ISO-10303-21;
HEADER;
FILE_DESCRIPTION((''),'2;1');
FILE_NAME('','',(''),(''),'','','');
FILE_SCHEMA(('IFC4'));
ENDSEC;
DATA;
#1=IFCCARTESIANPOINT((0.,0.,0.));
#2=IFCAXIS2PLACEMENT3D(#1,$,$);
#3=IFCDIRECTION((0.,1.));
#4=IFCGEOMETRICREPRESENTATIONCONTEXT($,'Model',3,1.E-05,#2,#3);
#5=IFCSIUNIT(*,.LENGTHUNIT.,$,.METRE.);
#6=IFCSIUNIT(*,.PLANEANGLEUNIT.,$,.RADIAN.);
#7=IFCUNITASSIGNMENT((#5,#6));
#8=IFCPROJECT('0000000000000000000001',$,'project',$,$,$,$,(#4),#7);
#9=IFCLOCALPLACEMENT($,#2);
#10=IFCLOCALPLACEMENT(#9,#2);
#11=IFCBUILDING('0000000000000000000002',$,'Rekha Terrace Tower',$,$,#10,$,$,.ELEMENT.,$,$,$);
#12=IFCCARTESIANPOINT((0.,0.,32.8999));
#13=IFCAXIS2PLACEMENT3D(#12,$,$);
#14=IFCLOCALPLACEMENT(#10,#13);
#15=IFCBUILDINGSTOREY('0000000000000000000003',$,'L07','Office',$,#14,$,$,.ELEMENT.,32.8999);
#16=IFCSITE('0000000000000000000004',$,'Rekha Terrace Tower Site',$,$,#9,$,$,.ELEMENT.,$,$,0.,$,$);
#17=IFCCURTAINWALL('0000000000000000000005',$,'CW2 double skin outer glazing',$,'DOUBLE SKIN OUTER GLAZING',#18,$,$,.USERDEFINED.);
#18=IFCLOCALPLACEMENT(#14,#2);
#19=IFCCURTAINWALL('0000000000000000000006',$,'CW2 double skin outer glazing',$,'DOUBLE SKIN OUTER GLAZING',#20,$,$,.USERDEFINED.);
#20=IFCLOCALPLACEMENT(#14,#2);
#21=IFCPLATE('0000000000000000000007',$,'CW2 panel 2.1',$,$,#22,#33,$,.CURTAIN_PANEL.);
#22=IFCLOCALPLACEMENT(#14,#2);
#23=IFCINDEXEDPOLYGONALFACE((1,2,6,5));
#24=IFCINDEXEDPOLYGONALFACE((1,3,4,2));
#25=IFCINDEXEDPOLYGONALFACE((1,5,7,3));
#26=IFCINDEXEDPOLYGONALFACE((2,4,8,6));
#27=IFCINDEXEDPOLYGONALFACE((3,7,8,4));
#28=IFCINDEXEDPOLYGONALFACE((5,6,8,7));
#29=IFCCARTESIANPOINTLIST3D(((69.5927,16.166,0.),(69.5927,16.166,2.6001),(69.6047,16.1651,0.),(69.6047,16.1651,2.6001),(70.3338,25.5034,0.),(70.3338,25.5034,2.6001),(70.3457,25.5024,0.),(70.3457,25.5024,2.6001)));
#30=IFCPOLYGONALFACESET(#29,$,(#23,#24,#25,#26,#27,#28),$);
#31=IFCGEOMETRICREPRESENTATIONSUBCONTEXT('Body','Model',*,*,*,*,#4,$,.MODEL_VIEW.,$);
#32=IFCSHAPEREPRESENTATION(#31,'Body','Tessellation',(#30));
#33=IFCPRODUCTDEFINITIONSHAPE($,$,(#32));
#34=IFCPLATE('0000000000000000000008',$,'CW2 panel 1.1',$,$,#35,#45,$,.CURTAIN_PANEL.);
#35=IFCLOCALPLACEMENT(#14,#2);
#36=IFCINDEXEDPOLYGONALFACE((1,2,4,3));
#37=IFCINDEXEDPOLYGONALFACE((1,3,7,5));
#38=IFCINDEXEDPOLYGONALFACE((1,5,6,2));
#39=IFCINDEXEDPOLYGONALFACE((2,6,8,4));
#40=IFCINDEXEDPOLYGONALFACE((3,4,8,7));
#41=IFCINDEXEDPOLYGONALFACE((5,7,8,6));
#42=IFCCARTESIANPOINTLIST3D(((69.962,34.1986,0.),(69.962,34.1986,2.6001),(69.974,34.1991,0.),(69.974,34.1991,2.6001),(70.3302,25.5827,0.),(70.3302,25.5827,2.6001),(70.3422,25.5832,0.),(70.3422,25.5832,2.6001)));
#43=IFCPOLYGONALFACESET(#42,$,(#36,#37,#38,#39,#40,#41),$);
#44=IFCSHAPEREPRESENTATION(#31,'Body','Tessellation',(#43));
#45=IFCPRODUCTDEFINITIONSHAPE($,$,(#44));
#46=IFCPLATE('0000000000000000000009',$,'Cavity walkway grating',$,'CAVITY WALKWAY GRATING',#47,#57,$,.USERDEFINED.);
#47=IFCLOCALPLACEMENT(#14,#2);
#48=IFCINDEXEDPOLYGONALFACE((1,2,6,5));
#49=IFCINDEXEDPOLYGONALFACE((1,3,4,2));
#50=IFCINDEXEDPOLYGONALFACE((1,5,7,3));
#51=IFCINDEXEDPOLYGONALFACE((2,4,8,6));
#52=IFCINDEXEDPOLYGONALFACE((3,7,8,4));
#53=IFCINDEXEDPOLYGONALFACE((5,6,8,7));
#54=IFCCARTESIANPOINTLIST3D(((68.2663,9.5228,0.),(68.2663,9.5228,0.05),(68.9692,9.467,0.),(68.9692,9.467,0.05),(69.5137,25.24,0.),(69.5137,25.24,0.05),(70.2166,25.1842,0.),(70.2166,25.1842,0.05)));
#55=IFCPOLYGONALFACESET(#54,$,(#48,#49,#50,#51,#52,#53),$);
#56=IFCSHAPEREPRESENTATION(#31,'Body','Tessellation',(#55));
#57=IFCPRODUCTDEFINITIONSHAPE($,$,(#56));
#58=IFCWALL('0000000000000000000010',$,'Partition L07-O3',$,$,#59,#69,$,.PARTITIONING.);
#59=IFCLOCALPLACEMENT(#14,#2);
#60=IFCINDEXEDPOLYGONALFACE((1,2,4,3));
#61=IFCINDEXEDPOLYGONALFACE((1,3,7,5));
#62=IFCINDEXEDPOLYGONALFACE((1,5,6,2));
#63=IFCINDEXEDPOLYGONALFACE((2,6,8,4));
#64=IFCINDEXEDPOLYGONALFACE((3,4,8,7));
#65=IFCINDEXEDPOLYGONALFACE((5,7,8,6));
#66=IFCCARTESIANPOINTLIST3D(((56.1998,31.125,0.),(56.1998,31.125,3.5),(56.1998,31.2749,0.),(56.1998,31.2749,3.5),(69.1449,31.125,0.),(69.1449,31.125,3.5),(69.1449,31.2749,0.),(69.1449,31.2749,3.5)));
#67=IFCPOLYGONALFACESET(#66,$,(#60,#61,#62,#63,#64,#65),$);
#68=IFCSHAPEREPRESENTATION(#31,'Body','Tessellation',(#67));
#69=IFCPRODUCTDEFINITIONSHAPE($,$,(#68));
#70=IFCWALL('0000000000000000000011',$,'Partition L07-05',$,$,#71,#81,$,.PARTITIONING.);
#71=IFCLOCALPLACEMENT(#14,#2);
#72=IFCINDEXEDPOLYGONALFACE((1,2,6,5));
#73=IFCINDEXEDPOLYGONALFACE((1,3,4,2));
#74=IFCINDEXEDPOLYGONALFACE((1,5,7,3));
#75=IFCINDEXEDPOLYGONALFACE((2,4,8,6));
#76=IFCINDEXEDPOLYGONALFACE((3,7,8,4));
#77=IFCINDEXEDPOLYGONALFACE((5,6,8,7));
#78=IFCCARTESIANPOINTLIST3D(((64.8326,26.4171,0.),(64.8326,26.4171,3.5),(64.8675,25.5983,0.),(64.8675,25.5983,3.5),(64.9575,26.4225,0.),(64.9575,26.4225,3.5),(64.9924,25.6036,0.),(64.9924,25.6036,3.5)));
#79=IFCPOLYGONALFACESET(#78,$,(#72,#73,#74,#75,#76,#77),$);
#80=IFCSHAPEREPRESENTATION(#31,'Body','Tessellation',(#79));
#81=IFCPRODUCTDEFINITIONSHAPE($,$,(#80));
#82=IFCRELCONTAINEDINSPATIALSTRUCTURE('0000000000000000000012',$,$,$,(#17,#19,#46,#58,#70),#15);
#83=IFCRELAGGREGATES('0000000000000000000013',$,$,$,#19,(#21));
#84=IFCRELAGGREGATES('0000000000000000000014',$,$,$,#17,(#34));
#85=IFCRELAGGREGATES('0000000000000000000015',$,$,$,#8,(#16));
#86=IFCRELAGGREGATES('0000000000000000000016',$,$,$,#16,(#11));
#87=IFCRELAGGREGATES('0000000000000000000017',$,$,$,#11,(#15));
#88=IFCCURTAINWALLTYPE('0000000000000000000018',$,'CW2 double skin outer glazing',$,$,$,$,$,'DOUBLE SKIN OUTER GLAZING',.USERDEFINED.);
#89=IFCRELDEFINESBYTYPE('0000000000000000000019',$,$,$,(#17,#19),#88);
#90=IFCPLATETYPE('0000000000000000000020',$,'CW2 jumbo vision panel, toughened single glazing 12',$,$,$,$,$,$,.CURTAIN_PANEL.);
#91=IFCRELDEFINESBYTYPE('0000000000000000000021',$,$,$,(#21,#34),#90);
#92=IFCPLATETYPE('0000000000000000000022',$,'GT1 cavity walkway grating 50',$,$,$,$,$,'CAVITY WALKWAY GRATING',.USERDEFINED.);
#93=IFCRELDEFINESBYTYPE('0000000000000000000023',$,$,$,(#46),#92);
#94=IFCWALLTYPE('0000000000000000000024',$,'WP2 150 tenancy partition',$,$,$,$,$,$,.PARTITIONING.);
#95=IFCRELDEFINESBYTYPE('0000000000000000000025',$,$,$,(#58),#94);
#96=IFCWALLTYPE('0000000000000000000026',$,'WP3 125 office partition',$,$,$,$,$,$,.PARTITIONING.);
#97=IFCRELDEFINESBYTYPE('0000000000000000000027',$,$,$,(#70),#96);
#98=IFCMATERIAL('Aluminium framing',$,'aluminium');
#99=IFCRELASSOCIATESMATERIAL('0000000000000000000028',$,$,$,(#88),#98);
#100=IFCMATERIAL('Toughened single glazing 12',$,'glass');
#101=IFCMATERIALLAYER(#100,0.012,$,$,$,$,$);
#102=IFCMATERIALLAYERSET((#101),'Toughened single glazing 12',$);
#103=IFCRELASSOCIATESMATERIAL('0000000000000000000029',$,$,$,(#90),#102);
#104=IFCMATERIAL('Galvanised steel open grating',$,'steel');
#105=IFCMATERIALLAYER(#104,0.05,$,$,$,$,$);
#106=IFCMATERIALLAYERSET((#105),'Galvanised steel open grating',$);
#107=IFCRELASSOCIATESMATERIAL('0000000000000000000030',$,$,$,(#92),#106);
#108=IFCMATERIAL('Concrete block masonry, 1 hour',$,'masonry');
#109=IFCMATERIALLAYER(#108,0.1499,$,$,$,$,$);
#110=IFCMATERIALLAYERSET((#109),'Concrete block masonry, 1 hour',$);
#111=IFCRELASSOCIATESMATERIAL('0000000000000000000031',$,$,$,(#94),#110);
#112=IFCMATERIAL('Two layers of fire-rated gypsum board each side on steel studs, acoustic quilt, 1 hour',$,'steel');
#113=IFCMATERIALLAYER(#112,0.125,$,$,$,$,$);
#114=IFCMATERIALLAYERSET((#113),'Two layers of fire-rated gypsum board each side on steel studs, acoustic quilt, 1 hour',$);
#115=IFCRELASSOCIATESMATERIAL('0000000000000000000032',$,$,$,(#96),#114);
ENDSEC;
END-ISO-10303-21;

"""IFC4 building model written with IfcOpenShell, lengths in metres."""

from ifc_helpers import new_model, si_unit, direction, frame, frame_2d, origin, origin_2d, place, context, subcontext, project, spatial, rectangle, extrude, material, layer, layer_set, type_object, element, aggregate, save


model = new_model("IFC4")

# Units and contexts
model_context = context("Model", 3, precision=1e-05, world=origin(), true_north=direction((0.0, 1.0)))
body_context = subcontext(model_context, "Body", "Model", "MODEL_VIEW")
ifc_project = project(units=[si_unit("LENGTHUNIT", "METRE"), si_unit("PLANEANGLEUNIT", "RADIAN")], contexts=[model_context])

# Site, building, storey
site_placement = place(None, origin())
site = spatial("IfcSite", under=ifc_project, at=site_placement, Name="Rekha Terrace Tower Site", CompositionType="ELEMENT", RefElevation=0.0)
building_placement = place(site_placement, origin())
building = spatial("IfcBuilding", under=site, at=building_placement, Name="Rekha Terrace Tower", CompositionType="ELEMENT")
storey_placement = place(building_placement, frame((0.0, 0.0, 32.8999)))
storey = spatial("IfcBuildingStorey", under=building, at=storey_placement, Name="L07", Description="Office", CompositionType="ELEMENT", Elevation=32.8999)

# Shared definitions
ifc_material_1 = material(Name="Aluminium framing", Category="aluminium")

# Curtain walls
curtain_wall_type_1 = type_object("IfcCurtainWallType", Name="CW2 double skin outer glazing", ElementType="DOUBLE SKIN OUTER GLAZING", PredefinedType="USERDEFINED", material=ifc_material_1)
curtain_wall_1_placement = place(storey_placement, origin())
curtain_wall_1 = element("IfcCurtainWall", 1, at=curtain_wall_1_placement, inside=storey, type_object=curtain_wall_type_1, Name="CW2 double skin outer glazing", ObjectType="DOUBLE SKIN OUTER GLAZING", PredefinedType="USERDEFINED")
curtain_wall_2_placement = place(storey_placement, origin())
curtain_wall_2 = element("IfcCurtainWall", 2, at=curtain_wall_2_placement, inside=storey, type_object=curtain_wall_type_1, Name="CW2 double skin outer glazing", ObjectType="DOUBLE SKIN OUTER GLAZING", PredefinedType="USERDEFINED")

# Plates
ifc_material_2 = material(Name="Toughened single glazing 12", Category="glass")
ifc_layer_1 = layer(ifc_material_2, 0.012)
ifc_layer_set_1 = layer_set([ifc_layer_1], Name="Toughened single glazing 12")
plate_type_1 = type_object("IfcPlateType", Name="CW2 jumbo vision panel, toughened single glazing 12", PredefinedType="CURTAIN_PANEL", material=ifc_layer_set_1)
plate_1_placement = place(storey_placement, frame((69.9692, 20.8342, 0.0), z_axis=(0.0, 0.0, 1.0), x_axis=(0.079116, 0.996865, 0.0)))
plate_1 = element("IfcPlate", 3, at=plate_1_placement, type_object=plate_type_1, Name="CW2 panel 2.1", PredefinedType="CURTAIN_PANEL", context=body_context, shape_type="SweptSolid", body=[
    extrude(rectangle(XDim=9.3667, YDim=0.012, at=origin_2d()), origin(), (0.0, 0.0, 1.0), 2.6001),
])
aggregate(curtain_wall_2, [plate_1])
plate_2_placement = place(storey_placement, frame((70.1521, 29.8909, 0.0), z_axis=(0.0, 0.0, 1.0), x_axis=(-0.042696, 0.999088, 0.0)))
plate_2 = element("IfcPlate", 4, at=plate_2_placement, type_object=plate_type_1, Name="CW2 panel 1.1", PredefinedType="CURTAIN_PANEL", context=body_context, shape_type="SweptSolid", body=[
    extrude(rectangle(XDim=8.6238, YDim=0.012, at=origin_2d()), origin(), (0.0, 0.0, 1.0), 2.6001),
])
aggregate(curtain_wall_1, [plate_2])
ifc_material_3 = material(Name="Galvanised steel open grating", Category="steel")
ifc_layer_2 = layer(ifc_material_3, 0.05)
ifc_layer_set_2 = layer_set([ifc_layer_2], Name="Galvanised steel open grating")
plate_type_2 = type_object("IfcPlateType", Name="GT1 cavity walkway grating 50", ElementType="CAVITY WALKWAY GRATING", PredefinedType="USERDEFINED", material=ifc_layer_set_2)
plate_3_placement = place(storey_placement, frame((69.2415, 17.3535, 0.0), z_axis=(0.0, 0.0, 1.0), x_axis=(0.079116, 0.996865, 0.0)))
element("IfcPlate", 5, at=plate_3_placement, inside=storey, type_object=plate_type_2, Name="Cavity walkway grating", ObjectType="CAVITY WALKWAY GRATING", PredefinedType="USERDEFINED", context=body_context, shape_type="SweptSolid", body=[
    extrude(rectangle(XDim=15.7666, YDim=0.7051, at=origin_2d()), origin(), (0.0, 0.0, 1.0), 0.05),
])

# Walls
ifc_material_4 = material(Name="Concrete block masonry, 1 hour", Category="masonry")
ifc_layer_3 = layer(ifc_material_4, 0.1499)
ifc_layer_set_3 = layer_set([ifc_layer_3], Name="Concrete block masonry, 1 hour")
wall_type_1 = type_object("IfcWallType", Name="WP2 150 tenancy partition", PredefinedType="PARTITIONING", material=ifc_layer_set_3)
wall_1_placement = place(storey_placement, frame((69.145, 31.2, 0.0), z_axis=(0.0, 0.0, 1.0), x_axis=(-1.0, 0.0, 0.0)))
element("IfcWall", 6, at=wall_1_placement, inside=storey, type_object=wall_type_1, Name="Partition L07-O3", PredefinedType="PARTITIONING", context=body_context, shape_type="SweptSolid", body=[
    extrude(rectangle(XDim=12.9451, YDim=0.1499, at=frame_2d((6.4727, 0.0))), origin(), (0.0, 0.0, 1.0), 3.5),
])
ifc_material_5 = material(Name="Two layers of fire-rated gypsum board each side on steel studs, acoustic quilt, 1 hour", Category="steel")
ifc_layer_4 = layer(ifc_material_5, 0.125)
ifc_layer_set_4 = layer_set([ifc_layer_4], Name="Two layers of fire-rated gypsum board each side on steel studs, acoustic quilt, 1 hour")
wall_type_2 = type_object("IfcWallType", Name="WP3 125 office partition", PredefinedType="PARTITIONING", material=ifc_layer_set_4)
wall_2_placement = place(storey_placement, frame((64.9299, 25.6011, 0.0), z_axis=(0.0, 0.0, 1.0), x_axis=(-0.042597, 0.999092, 0.0)))
element("IfcWall", 7, at=wall_2_placement, inside=storey, type_object=wall_type_2, Name="Partition L07-05", PredefinedType="PARTITIONING", context=body_context, shape_type="SweptSolid", body=[
    extrude(rectangle(XDim=0.8196, YDim=0.125, at=frame_2d((0.4097, 0.0))), origin(), (0.0, 0.0, 1.0), 3.5),
])

save(model, "model.ifc")
